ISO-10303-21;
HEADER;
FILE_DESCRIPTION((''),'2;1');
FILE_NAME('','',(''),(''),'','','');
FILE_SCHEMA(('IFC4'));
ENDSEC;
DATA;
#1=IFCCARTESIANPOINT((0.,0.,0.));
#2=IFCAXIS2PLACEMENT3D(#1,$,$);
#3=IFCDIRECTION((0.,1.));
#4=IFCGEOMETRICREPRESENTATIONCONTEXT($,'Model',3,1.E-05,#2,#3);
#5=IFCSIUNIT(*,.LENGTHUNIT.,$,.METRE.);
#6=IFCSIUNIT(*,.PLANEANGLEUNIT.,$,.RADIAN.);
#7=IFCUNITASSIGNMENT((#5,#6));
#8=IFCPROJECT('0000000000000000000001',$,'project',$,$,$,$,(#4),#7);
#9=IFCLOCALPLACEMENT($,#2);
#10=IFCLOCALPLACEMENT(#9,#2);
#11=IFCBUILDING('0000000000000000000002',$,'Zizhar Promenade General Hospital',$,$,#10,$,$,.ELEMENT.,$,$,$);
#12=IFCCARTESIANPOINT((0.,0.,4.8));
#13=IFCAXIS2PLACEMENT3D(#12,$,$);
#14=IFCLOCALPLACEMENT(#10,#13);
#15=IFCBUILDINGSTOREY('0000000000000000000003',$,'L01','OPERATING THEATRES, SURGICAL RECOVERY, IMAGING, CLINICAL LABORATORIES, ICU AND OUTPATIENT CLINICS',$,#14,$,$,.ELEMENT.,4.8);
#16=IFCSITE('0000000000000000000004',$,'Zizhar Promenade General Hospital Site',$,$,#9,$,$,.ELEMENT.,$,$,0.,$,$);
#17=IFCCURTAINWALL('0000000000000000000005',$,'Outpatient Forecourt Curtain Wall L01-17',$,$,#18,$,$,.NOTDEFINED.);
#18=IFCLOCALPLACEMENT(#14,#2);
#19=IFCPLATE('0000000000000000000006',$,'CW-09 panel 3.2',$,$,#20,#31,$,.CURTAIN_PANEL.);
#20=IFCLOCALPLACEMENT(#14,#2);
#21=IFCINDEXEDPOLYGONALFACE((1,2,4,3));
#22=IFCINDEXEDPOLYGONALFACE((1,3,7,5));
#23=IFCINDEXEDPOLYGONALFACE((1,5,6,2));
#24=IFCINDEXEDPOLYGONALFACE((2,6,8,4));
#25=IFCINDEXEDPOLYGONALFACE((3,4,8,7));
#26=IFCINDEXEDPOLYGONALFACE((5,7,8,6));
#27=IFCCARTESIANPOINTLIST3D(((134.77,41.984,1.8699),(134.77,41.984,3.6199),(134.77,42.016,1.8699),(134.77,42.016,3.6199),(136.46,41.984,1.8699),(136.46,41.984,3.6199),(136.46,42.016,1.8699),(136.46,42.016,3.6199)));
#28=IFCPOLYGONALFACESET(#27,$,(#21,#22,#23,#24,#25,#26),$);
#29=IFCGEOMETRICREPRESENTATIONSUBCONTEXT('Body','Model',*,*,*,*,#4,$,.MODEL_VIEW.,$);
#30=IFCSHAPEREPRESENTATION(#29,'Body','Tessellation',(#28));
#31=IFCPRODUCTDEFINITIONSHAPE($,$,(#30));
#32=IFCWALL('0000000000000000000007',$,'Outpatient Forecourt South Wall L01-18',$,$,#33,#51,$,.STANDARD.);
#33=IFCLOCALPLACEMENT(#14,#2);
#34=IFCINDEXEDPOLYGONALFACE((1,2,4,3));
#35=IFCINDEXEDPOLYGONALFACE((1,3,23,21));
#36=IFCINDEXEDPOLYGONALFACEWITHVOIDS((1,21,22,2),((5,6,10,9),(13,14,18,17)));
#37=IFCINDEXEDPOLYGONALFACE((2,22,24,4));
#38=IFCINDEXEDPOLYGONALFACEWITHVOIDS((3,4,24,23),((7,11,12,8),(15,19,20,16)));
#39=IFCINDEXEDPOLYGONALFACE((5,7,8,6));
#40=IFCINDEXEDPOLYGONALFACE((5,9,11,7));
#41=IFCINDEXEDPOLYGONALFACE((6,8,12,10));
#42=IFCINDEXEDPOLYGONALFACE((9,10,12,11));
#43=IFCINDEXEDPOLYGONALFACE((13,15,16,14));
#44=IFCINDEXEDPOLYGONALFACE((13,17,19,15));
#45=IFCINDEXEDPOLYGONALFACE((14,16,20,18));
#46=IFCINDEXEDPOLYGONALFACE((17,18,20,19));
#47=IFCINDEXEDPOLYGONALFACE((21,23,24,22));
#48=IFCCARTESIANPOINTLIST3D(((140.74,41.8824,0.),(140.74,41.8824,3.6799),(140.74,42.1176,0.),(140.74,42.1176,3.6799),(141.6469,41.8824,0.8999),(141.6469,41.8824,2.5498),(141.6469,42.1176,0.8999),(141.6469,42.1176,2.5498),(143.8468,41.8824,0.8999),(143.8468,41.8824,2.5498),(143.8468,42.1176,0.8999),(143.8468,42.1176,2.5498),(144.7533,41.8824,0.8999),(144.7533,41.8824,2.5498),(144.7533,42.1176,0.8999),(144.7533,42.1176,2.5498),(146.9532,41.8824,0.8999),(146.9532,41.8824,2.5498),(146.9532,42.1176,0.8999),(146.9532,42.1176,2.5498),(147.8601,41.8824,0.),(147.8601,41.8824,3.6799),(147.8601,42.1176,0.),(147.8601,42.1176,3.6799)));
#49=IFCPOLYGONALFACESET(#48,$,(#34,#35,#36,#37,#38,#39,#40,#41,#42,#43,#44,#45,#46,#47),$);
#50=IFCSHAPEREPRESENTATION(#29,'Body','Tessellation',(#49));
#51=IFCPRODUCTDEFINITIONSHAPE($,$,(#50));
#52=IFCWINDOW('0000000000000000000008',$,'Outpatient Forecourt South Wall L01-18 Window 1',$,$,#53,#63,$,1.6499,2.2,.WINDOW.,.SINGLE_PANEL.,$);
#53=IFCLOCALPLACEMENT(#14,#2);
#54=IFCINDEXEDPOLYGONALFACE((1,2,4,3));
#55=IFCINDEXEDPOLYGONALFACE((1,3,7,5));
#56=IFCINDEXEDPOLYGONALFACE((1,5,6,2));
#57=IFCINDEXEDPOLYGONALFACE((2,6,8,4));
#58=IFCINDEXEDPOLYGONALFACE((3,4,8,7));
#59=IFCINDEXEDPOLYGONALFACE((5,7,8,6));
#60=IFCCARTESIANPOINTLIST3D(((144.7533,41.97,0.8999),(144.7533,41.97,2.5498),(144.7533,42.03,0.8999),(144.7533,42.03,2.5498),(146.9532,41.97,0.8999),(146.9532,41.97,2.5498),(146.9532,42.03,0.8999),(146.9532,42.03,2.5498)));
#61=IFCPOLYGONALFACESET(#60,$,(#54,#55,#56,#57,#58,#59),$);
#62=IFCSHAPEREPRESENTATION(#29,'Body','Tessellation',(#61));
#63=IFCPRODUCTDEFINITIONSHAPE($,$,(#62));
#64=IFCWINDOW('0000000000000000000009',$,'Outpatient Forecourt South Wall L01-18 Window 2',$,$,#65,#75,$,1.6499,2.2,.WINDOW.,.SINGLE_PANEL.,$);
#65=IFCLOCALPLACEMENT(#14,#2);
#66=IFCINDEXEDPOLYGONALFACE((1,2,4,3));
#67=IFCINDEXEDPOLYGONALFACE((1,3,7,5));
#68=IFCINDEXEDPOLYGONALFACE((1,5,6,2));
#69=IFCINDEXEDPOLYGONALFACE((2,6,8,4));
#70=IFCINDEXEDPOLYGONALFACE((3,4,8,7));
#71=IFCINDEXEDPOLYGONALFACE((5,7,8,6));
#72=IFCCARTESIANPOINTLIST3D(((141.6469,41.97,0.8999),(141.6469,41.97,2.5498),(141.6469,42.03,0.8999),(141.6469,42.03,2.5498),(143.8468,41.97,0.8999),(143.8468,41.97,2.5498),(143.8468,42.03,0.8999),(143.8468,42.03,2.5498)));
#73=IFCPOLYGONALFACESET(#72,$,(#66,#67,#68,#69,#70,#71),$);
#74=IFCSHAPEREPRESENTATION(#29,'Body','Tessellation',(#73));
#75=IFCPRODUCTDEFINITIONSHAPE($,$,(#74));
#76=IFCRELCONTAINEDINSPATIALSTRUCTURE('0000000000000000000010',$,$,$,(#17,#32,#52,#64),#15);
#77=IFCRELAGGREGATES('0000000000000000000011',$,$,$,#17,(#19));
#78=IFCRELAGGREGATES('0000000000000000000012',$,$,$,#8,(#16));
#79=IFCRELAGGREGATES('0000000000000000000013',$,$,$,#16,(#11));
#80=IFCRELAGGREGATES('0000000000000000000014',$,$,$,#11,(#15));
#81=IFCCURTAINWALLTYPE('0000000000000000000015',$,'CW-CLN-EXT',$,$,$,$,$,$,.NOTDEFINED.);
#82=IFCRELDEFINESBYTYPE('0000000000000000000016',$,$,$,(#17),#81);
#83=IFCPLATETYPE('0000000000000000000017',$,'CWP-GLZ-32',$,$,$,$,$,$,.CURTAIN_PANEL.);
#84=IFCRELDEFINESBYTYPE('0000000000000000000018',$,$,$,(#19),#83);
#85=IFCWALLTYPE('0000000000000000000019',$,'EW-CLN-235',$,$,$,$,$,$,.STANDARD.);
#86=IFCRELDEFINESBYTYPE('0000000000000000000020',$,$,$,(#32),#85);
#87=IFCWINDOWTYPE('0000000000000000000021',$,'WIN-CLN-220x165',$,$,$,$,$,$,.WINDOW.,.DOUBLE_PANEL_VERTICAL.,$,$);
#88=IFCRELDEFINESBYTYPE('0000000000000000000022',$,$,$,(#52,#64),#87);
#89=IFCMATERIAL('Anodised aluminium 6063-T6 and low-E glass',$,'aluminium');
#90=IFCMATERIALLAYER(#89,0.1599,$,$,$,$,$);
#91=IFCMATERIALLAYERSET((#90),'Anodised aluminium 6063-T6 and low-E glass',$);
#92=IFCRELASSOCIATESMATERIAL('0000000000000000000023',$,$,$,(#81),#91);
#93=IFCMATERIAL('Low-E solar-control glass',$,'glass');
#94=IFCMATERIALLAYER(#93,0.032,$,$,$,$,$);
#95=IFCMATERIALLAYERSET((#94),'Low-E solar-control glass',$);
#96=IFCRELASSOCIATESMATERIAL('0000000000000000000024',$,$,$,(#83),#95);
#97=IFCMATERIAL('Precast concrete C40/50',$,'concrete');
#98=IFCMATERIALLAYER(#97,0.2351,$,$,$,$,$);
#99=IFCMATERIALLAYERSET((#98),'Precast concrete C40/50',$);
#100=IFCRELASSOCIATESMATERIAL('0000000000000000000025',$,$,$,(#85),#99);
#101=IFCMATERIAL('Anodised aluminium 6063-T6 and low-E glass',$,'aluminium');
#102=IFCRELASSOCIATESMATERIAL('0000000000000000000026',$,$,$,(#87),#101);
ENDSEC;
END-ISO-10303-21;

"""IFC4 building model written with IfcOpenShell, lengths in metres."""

from ifc_helpers import new_model, si_unit, direction, frame, frame_2d, origin, origin_2d, place, context, subcontext, project, spatial, rectangle, extrude, material, layer, layer_set, type_object, element, fill, aggregate, save


model = new_model("IFC4")

# Units and contexts
model_context = context("Model", 3, precision=1e-05, world=origin(), true_north=direction((0.0, 1.0)))
body_context = subcontext(model_context, "Body", "Model", "MODEL_VIEW")
ifc_project = project(units=[si_unit("LENGTHUNIT", "METRE"), si_unit("PLANEANGLEUNIT", "RADIAN")], contexts=[model_context])

# Site, building, storey
site_placement = place(None, origin())
site = spatial("IfcSite", under=ifc_project, at=site_placement, Name="Zizhar Promenade General Hospital Site", CompositionType="ELEMENT", RefElevation=0.0)
building_placement = place(site_placement, origin())
building = spatial("IfcBuilding", under=site, at=building_placement, Name="Zizhar Promenade General Hospital", CompositionType="ELEMENT")
storey_placement = place(building_placement, frame((0.0, 0.0, 4.8)))
storey = spatial("IfcBuildingStorey", under=building, at=storey_placement, Name="L01", Description="OPERATING THEATRES, SURGICAL RECOVERY, IMAGING, CLINICAL LABORATORIES, ICU AND OUTPATIENT CLINICS", CompositionType="ELEMENT", Elevation=4.8)

# Curtain wall, plate
ifc_material_1 = material(Name="Anodised aluminium 6063-T6 and low-E glass", Category="aluminium")
ifc_layer_1 = layer(ifc_material_1, 0.1599)
ifc_layer_set_1 = layer_set([ifc_layer_1], Name="Anodised aluminium 6063-T6 and low-E glass")
curtain_wall_type = type_object("IfcCurtainWallType", Name="CW-CLN-EXT", PredefinedType="NOTDEFINED", material=ifc_layer_set_1)
curtain_wall_placement = place(storey_placement, origin())
curtain_wall = element("IfcCurtainWall", 1, at=curtain_wall_placement, inside=storey, type_object=curtain_wall_type, Name="Outpatient Forecourt Curtain Wall L01-17", PredefinedType="NOTDEFINED")
ifc_material_2 = material(Name="Low-E solar-control glass", Category="glass")
ifc_layer_2 = layer(ifc_material_2, 0.032)
ifc_layer_set_2 = layer_set([ifc_layer_2], Name="Low-E solar-control glass")
plate_type = type_object("IfcPlateType", Name="CWP-GLZ-32", PredefinedType="CURTAIN_PANEL", material=ifc_layer_set_2)
plate_1_placement = place(storey_placement, frame((135.615, 42.0, 1.8699), z_axis=(0.0, 0.0, 1.0), x_axis=(-1.0, 0.0, 0.0)))
plate_1 = element("IfcPlate", 2, at=plate_1_placement, type_object=plate_type, Name="CW-09 panel 3.2", PredefinedType="CURTAIN_PANEL", context=body_context, shape_type="SweptSolid", body=[
    extrude(rectangle(XDim=1.6899, YDim=0.032, at=origin_2d()), origin(), (0.0, 0.0, 1.0), 1.75),
])
aggregate(curtain_wall, [plate_1])

# Wall, openings, windows
ifc_material_3 = material(Name="Precast concrete C40/50", Category="concrete")
ifc_layer_3 = layer(ifc_material_3, 0.2351)
ifc_layer_set_3 = layer_set([ifc_layer_3], Name="Precast concrete C40/50")
wall_type = type_object("IfcWallType", Name="EW-CLN-235", PredefinedType="STANDARD", material=ifc_layer_set_3)
wall_placement = place(storey_placement, frame((147.8601, 42.0, 0.0), z_axis=(0.0, 0.0, 1.0), x_axis=(-1.0, 0.0, 0.0)))
wall = element("IfcWall", 3, at=wall_placement, inside=storey, type_object=wall_type, Name="Outpatient Forecourt South Wall L01-18", PredefinedType="STANDARD", context=body_context, shape_type="SweptSolid", body=[
    extrude(rectangle(XDim=7.1201, YDim=0.2351, at=frame_2d((3.5601, 0.0))), origin(), (0.0, 0.0, 1.0), 3.6799),
])
opening_1_placement = place(wall_placement, frame((0.9067, 0.0, 0.8999)))
opening_1 = element("IfcOpeningElement", 4, at=opening_1_placement, cuts=wall, PredefinedType="OPENING", context=body_context, shape_type="SweptSolid", body=[
    extrude(rectangle(XDim=2.2, YDim=1.6499, at=frame_2d((1.1001, 0.825))), frame((0.0, 0.1274, 0.0), z_axis=(0.0, -1.0, 0.0), x_axis=(1.0, 0.0, 0.0)), (0.0, 0.0, 1.0), 0.2551),
])
opening_2_placement = place(wall_placement, frame((4.0132, 0.0, 0.8999)))
opening_2 = element("IfcOpeningElement", 5, at=opening_2_placement, cuts=wall, PredefinedType="OPENING", context=body_context, shape_type="SweptSolid", body=[
    extrude(rectangle(XDim=2.2, YDim=1.6499, at=frame_2d((1.1001, 0.825))), frame((0.0, 0.1274, 0.0), z_axis=(0.0, -1.0, 0.0), x_axis=(1.0, 0.0, 0.0)), (0.0, 0.0, 1.0), 0.2551),
])
ifc_material_4 = material(Name="Anodised aluminium 6063-T6 and low-E glass", Category="aluminium")
window_type = type_object("IfcWindowType", Name="WIN-CLN-220x165", PartitioningType="DOUBLE_PANEL_VERTICAL", PredefinedType="WINDOW", material=ifc_material_4)
window_1_placement = place(opening_1_placement, origin())
window_1 = element("IfcWindow", 6, at=window_1_placement, inside=storey, type_object=window_type, Name="Outpatient Forecourt South Wall L01-18 Window 1", OverallHeight=1.6499, OverallWidth=2.2, PartitioningType="SINGLE_PANEL", PredefinedType="WINDOW", context=body_context, shape_type="SweptSolid", body=[
    extrude(rectangle(XDim=2.2, YDim=1.6499, at=frame_2d((1.1001, 0.825))), frame((0.0, 0.03, 0.0), z_axis=(0.0, -1.0, 0.0), x_axis=(1.0, 0.0, 0.0)), (0.0, 0.0, 1.0), 0.0601),
])
fill(opening_1, window_1)
window_2_placement = place(opening_2_placement, origin())
window_2 = element("IfcWindow", 7, at=window_2_placement, inside=storey, type_object=window_type, Name="Outpatient Forecourt South Wall L01-18 Window 2", OverallHeight=1.6499, OverallWidth=2.2, PartitioningType="SINGLE_PANEL", PredefinedType="WINDOW", context=body_context, shape_type="SweptSolid", body=[
    extrude(rectangle(XDim=2.2, YDim=1.6499, at=frame_2d((1.1001, 0.825))), frame((0.0, 0.03, 0.0), z_axis=(0.0, -1.0, 0.0), x_axis=(1.0, 0.0, 0.0)), (0.0, 0.0, 1.0), 0.0601),
])
fill(opening_2, window_2)

save(model, "model.ifc")
